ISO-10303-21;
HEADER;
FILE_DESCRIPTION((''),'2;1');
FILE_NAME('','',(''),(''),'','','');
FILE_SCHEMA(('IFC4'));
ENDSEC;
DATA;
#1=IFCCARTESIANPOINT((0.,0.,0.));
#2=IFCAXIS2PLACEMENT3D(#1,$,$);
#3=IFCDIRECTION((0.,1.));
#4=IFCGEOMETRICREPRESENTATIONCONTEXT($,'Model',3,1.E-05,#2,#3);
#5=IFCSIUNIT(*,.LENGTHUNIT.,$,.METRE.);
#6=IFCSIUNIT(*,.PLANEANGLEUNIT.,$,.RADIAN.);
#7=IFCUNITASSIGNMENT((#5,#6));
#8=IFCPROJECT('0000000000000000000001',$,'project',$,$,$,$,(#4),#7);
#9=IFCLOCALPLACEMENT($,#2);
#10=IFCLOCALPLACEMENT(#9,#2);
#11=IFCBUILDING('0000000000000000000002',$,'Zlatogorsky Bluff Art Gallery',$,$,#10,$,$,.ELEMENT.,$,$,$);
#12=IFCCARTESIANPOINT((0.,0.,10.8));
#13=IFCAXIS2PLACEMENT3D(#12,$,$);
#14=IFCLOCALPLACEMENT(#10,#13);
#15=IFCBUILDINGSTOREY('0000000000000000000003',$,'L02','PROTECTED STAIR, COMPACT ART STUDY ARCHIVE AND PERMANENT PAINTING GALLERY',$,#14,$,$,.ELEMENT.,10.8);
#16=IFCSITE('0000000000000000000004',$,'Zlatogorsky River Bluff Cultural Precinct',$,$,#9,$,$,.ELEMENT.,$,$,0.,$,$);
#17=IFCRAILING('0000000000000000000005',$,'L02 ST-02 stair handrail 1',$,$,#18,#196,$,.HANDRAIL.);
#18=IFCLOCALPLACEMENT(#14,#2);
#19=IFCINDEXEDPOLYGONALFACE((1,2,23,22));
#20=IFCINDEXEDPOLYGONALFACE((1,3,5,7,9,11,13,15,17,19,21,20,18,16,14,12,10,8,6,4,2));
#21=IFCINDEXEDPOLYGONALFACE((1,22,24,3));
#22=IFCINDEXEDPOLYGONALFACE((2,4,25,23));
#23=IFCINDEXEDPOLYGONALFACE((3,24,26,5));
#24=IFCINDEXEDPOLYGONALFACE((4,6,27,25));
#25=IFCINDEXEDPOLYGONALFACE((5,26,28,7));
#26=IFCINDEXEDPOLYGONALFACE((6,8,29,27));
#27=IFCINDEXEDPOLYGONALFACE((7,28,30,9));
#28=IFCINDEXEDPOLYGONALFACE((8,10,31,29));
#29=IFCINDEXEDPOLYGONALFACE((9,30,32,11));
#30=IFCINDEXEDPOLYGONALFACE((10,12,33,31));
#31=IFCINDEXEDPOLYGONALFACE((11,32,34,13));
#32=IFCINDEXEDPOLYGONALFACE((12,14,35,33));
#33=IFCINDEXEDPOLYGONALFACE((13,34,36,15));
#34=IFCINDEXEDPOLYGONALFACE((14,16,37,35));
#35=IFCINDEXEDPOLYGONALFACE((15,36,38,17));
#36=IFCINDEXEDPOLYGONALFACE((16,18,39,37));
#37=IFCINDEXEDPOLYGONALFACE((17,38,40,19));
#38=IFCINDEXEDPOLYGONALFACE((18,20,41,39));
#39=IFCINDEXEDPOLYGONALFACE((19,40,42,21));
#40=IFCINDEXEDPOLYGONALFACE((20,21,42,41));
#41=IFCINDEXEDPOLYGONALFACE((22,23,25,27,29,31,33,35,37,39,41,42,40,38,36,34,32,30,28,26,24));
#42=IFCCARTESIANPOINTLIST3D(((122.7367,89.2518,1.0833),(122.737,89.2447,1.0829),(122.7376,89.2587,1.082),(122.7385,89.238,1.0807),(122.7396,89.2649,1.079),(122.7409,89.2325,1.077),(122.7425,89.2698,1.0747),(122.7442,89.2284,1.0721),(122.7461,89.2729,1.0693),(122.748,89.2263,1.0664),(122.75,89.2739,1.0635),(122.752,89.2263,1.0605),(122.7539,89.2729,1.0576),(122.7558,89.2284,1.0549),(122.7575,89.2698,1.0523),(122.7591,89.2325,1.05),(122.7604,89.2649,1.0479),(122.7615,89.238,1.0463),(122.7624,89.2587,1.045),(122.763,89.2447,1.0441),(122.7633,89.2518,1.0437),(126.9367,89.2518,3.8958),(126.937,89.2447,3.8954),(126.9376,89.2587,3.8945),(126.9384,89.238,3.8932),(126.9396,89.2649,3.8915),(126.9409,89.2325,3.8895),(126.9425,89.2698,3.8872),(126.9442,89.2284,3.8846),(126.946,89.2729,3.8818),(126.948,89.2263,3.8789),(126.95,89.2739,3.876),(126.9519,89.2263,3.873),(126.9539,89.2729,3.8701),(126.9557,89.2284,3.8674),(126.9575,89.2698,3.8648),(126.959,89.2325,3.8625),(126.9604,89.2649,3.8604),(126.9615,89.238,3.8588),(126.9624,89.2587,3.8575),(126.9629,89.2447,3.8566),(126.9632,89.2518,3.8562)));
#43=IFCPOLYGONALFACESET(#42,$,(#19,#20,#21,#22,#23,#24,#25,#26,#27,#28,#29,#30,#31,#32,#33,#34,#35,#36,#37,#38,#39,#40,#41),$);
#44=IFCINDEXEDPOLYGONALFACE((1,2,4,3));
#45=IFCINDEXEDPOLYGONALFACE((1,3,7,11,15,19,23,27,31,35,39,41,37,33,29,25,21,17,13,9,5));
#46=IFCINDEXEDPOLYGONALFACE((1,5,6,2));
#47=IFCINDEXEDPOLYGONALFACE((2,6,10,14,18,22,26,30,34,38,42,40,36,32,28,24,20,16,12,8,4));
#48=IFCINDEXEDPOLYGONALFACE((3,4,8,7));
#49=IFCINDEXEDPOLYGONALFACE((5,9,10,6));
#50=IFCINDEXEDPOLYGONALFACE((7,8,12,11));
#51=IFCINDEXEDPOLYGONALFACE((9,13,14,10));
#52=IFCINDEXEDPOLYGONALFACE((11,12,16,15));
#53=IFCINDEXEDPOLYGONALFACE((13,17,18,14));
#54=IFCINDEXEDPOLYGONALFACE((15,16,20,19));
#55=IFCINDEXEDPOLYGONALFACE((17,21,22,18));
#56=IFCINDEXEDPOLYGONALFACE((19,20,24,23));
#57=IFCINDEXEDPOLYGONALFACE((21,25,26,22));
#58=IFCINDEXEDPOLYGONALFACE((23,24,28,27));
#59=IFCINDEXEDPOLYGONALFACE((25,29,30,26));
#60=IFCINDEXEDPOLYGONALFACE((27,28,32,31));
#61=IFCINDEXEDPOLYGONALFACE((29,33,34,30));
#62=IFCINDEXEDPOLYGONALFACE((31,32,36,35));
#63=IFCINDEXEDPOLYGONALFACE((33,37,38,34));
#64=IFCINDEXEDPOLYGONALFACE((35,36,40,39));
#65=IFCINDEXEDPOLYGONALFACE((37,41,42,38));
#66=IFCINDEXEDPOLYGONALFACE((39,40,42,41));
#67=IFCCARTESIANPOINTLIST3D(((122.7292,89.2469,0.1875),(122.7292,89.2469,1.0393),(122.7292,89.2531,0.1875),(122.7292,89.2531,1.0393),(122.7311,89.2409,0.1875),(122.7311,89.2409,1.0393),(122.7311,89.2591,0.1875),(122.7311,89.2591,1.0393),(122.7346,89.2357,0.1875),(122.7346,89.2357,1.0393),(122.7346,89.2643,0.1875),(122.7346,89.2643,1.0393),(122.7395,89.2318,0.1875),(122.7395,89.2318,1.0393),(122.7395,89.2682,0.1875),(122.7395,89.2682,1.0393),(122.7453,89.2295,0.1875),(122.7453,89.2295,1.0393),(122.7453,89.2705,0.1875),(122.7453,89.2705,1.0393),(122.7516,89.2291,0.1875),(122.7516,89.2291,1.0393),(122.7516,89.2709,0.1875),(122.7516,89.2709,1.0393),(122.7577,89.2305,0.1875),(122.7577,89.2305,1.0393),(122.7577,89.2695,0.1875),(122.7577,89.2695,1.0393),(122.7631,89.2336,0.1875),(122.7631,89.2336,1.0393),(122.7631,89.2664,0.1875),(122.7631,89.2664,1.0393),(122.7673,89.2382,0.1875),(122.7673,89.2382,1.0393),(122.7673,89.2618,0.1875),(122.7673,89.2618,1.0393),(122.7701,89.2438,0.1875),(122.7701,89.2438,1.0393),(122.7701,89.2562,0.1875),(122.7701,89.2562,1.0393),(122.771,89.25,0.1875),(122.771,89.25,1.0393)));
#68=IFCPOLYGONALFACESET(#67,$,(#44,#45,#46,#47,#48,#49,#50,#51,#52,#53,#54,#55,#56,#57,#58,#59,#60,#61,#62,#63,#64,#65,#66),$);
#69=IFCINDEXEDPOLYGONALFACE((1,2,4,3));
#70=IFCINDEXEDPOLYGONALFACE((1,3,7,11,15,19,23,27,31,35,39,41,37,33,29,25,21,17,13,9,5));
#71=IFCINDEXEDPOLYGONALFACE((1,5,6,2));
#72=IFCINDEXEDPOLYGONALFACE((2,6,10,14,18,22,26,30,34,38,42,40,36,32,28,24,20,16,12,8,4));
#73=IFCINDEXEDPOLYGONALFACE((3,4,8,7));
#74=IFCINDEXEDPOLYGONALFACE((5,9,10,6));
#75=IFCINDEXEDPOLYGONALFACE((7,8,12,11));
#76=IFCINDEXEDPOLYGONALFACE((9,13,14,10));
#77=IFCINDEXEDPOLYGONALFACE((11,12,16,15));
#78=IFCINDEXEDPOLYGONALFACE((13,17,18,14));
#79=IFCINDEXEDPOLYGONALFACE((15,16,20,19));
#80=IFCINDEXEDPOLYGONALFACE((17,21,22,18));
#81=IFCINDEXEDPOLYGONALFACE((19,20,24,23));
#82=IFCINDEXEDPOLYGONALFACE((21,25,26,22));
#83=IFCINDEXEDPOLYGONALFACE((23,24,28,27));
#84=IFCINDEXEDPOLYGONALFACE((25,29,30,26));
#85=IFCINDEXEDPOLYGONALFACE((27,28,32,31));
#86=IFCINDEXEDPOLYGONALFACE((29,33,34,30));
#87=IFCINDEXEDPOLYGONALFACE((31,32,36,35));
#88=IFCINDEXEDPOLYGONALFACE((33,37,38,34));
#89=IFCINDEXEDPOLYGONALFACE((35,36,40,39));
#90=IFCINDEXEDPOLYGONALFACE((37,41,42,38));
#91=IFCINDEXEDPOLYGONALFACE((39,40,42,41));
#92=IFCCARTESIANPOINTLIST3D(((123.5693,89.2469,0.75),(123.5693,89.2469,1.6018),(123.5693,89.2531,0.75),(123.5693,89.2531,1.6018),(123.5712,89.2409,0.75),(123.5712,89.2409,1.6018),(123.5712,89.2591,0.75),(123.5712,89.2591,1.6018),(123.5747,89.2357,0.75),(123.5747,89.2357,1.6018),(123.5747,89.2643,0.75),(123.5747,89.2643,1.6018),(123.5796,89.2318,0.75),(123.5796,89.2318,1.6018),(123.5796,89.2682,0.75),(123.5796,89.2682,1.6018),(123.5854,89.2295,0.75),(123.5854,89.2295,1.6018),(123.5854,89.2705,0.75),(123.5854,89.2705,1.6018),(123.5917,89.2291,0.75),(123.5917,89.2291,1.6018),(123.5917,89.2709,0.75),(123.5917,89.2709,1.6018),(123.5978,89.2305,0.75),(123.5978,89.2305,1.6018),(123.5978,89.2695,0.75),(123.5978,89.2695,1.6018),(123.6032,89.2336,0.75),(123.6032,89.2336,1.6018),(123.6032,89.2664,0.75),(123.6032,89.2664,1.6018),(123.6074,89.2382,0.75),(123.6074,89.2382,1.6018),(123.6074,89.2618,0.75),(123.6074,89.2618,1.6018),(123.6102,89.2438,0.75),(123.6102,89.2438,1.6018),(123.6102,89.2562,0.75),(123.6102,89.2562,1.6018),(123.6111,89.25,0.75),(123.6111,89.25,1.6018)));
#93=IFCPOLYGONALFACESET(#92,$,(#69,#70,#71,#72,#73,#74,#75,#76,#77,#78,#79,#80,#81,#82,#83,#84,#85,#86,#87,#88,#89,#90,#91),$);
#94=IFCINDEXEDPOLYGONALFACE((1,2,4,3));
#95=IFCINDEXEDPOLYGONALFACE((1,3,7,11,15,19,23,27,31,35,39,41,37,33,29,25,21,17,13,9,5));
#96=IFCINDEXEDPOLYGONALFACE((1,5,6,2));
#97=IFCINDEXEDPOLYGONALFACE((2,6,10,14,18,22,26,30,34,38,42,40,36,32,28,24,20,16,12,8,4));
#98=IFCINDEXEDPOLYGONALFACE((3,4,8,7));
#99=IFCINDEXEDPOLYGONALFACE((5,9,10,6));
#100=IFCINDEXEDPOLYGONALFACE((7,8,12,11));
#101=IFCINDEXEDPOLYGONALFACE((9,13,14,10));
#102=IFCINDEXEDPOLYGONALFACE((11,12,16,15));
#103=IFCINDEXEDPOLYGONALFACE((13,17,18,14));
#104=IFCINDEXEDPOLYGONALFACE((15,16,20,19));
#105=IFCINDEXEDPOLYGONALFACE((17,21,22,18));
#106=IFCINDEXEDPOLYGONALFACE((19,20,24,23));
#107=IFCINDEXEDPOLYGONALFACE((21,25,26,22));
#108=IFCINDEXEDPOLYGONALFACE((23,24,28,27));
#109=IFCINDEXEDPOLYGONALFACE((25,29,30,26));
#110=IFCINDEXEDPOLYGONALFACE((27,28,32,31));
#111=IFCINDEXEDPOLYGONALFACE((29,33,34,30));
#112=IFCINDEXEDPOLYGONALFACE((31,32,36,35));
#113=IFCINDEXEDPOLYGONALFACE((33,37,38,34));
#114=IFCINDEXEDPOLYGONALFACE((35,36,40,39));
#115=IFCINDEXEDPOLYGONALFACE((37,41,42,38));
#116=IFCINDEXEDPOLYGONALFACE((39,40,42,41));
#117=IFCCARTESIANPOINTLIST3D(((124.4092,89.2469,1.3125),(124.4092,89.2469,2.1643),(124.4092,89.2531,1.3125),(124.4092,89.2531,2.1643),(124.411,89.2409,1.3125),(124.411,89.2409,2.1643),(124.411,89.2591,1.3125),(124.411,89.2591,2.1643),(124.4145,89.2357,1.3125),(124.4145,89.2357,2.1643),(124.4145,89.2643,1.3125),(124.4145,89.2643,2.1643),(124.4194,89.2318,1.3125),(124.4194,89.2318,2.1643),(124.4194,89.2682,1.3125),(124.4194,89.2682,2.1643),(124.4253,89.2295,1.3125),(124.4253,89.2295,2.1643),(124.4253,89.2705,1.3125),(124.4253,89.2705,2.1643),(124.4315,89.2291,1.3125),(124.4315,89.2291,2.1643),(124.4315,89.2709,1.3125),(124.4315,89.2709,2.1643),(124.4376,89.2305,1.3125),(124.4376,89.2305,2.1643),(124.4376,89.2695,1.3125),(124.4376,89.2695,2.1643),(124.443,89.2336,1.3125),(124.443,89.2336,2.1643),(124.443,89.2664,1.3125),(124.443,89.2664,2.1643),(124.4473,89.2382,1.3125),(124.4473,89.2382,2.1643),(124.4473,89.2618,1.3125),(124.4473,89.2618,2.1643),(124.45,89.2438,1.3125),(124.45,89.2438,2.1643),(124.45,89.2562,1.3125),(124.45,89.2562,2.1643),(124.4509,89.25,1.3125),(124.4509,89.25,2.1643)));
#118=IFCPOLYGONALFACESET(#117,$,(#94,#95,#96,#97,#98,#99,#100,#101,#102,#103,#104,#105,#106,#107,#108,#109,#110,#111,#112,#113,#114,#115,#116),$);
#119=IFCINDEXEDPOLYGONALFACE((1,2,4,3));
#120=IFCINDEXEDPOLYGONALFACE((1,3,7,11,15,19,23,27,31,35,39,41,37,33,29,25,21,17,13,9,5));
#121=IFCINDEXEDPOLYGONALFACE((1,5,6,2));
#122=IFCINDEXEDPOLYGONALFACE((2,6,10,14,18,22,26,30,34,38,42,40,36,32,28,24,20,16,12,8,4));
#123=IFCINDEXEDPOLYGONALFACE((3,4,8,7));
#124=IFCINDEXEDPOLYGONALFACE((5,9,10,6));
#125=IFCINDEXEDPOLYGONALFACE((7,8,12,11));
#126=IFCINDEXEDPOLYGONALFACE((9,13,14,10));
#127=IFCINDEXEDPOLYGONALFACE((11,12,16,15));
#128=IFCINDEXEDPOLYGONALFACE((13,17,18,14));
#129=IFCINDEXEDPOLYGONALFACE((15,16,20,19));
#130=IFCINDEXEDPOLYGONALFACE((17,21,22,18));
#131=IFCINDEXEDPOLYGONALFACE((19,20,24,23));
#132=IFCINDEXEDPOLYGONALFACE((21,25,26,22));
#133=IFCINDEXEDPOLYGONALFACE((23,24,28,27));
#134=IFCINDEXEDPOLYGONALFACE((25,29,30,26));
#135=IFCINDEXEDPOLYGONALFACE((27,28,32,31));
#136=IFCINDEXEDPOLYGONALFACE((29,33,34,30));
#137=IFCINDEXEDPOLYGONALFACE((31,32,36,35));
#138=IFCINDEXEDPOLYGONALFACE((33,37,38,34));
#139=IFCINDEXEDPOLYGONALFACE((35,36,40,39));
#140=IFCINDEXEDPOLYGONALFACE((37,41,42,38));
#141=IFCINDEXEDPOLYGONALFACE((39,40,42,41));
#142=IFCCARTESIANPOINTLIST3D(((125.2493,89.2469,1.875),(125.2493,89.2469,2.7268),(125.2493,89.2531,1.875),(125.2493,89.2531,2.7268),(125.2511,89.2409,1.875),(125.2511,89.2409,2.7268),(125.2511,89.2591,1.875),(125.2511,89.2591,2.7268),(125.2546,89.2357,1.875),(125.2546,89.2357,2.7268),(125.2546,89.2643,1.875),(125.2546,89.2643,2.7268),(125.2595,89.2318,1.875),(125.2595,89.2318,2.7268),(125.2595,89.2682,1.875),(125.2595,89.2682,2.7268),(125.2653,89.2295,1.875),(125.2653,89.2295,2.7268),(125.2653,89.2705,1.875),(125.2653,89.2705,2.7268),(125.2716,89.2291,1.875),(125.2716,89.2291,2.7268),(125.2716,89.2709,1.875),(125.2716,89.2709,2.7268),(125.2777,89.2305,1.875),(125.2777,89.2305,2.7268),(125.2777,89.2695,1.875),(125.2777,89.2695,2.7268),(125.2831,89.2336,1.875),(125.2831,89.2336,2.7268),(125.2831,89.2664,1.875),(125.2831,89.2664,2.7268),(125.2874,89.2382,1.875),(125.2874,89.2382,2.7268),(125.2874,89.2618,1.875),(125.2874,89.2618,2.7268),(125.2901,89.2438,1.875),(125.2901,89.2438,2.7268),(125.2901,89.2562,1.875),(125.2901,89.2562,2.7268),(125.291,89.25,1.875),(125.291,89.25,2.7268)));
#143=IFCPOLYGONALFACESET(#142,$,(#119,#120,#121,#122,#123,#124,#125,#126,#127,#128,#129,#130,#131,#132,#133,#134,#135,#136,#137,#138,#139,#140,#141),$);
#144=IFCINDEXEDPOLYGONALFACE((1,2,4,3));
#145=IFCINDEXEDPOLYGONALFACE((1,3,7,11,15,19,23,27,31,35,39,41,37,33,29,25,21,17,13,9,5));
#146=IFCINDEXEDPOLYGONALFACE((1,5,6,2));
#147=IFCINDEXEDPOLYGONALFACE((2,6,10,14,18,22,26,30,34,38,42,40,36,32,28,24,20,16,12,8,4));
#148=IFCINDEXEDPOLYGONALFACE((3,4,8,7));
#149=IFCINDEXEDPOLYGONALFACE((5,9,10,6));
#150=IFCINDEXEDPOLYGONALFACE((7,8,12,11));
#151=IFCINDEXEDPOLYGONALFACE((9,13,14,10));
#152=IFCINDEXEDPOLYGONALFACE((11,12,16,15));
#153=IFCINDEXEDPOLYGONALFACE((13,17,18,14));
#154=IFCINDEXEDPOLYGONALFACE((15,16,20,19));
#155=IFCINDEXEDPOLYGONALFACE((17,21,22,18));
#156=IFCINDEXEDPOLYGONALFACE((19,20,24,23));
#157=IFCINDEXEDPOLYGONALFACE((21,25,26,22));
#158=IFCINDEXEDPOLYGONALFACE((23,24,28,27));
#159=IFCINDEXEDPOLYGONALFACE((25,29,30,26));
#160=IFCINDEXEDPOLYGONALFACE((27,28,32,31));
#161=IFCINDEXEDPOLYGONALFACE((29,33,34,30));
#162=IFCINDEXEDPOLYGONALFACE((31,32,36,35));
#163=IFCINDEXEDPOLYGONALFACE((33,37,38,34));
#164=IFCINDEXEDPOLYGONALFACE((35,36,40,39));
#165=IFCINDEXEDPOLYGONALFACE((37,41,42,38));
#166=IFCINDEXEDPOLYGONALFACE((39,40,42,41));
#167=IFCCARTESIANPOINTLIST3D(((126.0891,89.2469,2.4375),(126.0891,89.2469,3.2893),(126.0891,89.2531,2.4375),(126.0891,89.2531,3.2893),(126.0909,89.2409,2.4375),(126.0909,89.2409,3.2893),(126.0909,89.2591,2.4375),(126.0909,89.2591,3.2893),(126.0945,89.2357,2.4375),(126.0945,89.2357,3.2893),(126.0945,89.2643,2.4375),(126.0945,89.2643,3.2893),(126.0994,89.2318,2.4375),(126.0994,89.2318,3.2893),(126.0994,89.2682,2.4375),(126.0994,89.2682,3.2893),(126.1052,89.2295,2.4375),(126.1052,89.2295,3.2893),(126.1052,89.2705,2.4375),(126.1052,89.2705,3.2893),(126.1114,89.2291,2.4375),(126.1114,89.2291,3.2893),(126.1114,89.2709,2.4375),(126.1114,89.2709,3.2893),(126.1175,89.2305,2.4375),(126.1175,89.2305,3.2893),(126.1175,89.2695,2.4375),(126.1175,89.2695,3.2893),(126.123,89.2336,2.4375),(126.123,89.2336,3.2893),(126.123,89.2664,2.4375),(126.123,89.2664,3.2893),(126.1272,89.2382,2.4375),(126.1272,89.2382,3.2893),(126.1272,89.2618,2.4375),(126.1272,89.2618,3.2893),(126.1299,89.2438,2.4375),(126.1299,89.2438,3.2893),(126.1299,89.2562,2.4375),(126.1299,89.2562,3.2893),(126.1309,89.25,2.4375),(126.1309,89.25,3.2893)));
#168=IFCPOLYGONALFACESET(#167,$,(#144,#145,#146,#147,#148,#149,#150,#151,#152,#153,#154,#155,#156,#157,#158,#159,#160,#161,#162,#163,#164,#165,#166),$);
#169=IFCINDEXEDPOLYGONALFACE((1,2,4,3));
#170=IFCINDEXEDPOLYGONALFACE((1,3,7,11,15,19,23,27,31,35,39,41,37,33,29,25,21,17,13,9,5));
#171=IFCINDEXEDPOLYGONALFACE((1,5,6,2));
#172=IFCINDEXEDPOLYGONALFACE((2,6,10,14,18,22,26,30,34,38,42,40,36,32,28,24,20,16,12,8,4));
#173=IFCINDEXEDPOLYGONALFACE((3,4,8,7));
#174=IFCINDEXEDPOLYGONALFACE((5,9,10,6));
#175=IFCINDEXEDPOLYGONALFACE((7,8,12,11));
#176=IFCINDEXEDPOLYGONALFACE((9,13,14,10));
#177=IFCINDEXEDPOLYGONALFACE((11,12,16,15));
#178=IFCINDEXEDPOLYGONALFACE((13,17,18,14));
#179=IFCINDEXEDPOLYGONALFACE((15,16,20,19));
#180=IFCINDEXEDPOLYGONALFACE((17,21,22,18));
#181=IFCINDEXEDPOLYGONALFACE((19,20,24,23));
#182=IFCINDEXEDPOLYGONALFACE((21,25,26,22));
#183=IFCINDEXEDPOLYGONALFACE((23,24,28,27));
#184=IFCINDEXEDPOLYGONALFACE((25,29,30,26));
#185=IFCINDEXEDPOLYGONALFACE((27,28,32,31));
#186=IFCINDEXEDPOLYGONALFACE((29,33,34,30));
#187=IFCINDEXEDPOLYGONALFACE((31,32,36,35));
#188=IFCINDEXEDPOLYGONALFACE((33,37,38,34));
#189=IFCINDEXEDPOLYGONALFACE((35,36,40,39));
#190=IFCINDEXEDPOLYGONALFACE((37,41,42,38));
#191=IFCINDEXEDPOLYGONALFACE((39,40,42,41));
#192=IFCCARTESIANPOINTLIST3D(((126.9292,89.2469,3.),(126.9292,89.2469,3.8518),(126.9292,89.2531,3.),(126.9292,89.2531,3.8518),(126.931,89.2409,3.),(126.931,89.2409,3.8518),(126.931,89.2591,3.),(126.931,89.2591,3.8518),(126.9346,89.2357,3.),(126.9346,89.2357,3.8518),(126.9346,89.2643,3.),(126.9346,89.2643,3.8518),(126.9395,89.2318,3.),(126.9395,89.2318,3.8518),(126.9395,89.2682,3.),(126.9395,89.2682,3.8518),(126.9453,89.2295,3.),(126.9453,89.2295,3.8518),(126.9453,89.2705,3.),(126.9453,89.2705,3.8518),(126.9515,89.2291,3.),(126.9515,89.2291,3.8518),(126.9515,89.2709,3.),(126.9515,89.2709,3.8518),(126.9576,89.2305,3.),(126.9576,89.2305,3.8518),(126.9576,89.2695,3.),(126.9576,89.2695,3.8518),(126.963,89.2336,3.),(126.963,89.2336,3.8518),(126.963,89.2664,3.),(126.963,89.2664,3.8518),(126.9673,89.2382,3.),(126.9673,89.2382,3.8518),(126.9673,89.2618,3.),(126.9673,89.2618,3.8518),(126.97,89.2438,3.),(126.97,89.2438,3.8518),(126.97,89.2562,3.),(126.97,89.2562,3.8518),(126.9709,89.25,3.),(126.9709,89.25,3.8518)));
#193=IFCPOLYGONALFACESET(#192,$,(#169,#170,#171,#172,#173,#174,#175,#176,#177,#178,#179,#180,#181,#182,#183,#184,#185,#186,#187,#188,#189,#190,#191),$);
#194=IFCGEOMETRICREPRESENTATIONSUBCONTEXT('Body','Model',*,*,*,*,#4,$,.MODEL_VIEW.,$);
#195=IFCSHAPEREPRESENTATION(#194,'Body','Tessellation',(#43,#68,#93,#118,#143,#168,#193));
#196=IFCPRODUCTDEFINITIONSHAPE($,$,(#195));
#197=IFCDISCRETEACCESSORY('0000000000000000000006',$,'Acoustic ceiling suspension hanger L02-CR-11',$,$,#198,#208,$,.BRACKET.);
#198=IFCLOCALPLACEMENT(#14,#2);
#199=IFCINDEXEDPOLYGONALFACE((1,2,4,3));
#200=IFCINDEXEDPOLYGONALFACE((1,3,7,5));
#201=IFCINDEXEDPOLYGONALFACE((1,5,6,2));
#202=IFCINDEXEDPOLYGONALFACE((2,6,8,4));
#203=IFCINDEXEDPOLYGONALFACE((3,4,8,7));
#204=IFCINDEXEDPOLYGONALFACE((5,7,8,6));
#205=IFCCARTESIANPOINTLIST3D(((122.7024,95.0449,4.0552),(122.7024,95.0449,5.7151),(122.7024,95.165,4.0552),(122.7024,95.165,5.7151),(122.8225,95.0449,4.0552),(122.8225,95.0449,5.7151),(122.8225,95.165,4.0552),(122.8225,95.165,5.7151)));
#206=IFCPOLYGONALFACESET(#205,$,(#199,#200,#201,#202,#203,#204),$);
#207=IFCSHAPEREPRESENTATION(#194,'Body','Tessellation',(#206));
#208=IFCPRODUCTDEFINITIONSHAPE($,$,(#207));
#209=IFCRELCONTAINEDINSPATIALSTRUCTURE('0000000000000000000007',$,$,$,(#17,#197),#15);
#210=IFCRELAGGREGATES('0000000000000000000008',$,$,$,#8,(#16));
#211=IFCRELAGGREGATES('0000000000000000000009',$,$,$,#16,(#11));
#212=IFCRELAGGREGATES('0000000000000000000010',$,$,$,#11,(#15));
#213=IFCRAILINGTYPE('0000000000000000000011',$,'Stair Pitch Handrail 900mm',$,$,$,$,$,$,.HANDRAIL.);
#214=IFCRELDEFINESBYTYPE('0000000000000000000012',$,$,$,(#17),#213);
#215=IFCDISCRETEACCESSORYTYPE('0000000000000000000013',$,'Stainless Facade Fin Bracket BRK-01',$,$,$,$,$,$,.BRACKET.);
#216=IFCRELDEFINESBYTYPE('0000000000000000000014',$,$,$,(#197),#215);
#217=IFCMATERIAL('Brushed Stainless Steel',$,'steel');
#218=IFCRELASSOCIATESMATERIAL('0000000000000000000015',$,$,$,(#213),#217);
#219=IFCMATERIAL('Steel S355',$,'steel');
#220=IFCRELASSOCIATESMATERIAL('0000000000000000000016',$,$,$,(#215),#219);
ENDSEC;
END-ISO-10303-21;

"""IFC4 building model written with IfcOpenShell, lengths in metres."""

from ifc_helpers import new_model, si_unit, direction, frame, origin, origin_2d, place, context, subcontext, project, spatial, rectangle, circle, extrude, material, type_object, element, save


model = new_model("IFC4")

# Units and contexts
model_context = context("Model", 3, precision=1e-05, world=origin(), true_north=direction((0.0, 1.0)))
body_context = subcontext(model_context, "Body", "Model", "MODEL_VIEW")
ifc_project = project(units=[si_unit("LENGTHUNIT", "METRE"), si_unit("PLANEANGLEUNIT", "RADIAN")], contexts=[model_context])

# Site, building, storey
site_placement = place(None, origin())
site = spatial("IfcSite", under=ifc_project, at=site_placement, Name="Zlatogorsky River Bluff Cultural Precinct", CompositionType="ELEMENT", RefElevation=0.0)
building_placement = place(site_placement, origin())
building = spatial("IfcBuilding", under=site, at=building_placement, Name="Zlatogorsky Bluff Art Gallery", CompositionType="ELEMENT")
storey_placement = place(building_placement, frame((0.0, 0.0, 10.8)))
storey = spatial("IfcBuildingStorey", under=building, at=storey_placement, Name="L02", Description="PROTECTED STAIR, COMPACT ART STUDY ARCHIVE AND PERMANENT PAINTING GALLERY", CompositionType="ELEMENT", Elevation=10.8)

# Shared definitions
ifc_material_1 = material(Name="Steel S355", Category="steel")

# Railing
ifc_material_2 = material(Name="Brushed Stainless Steel", Category="steel")
railing_type_1 = type_object("IfcRailingType", Name="Stair Pitch Handrail 900mm", PredefinedType="HANDRAIL", material=ifc_material_2)
railing_1_placement = place(storey_placement, frame((122.75, 89.25, 0.1875)))
element("IfcRailing", 1, at=railing_1_placement, inside=storey, type_object=railing_type_1, Name="L02 ST-02 stair handrail 1", PredefinedType="HANDRAIL", context=body_context, shape_type="SweptSolid", body=[
    extrude(circle(Radius=0.0239, at=origin_2d()), frame((0.0, 0.0, 0.876), z_axis=(0.830904, 0.0, 0.556416), x_axis=(0.0, 1.0, 0.0)), (0.0, 0.0, 1.0), 5.0547),
    extrude(circle(Radius=0.021, at=origin_2d()), origin(), (0.0, 0.0, 1.0), 0.8518),
    extrude(circle(Radius=0.021, at=origin_2d()), frame((0.8401, 0.0, 0.5625)), (0.0, 0.0, 1.0), 0.8518),
    extrude(circle(Radius=0.021, at=origin_2d()), frame((1.6799, 0.0, 1.125)), (0.0, 0.0, 1.0), 0.8518),
    extrude(circle(Radius=0.021, at=origin_2d()), frame((2.52, 0.0, 1.6875)), (0.0, 0.0, 1.0), 0.8518),
    extrude(circle(Radius=0.021, at=origin_2d()), frame((3.3599, 0.0, 2.25)), (0.0, 0.0, 1.0), 0.8518),
    extrude(circle(Radius=0.021, at=origin_2d()), frame((4.2, 0.0, 2.8125)), (0.0, 0.0, 1.0), 0.8518),
])

# Discrete accessory
discrete_accessory_type = type_object("IfcDiscreteAccessoryType", Name="Stainless Facade Fin Bracket BRK-01", PredefinedType="BRACKET", material=ifc_material_1)
discrete_accessory_placement = place(storey_placement, frame((122.7625, 95.105, 4.0552), z_axis=(0.0, 0.0, 1.0), x_axis=(1.0, 0.0, 0.0)))
element("IfcDiscreteAccessory", 2, at=discrete_accessory_placement, inside=storey, type_object=discrete_accessory_type, Name="Acoustic ceiling suspension hanger L02-CR-11", PredefinedType="BRACKET", context=body_context, shape_type="SweptSolid", body=[
    extrude(rectangle(XDim=0.1201, YDim=0.1201, at=origin_2d()), origin(), (0.0, 0.0, 1.0), 1.6599),
])

save(model, "model.ifc")
